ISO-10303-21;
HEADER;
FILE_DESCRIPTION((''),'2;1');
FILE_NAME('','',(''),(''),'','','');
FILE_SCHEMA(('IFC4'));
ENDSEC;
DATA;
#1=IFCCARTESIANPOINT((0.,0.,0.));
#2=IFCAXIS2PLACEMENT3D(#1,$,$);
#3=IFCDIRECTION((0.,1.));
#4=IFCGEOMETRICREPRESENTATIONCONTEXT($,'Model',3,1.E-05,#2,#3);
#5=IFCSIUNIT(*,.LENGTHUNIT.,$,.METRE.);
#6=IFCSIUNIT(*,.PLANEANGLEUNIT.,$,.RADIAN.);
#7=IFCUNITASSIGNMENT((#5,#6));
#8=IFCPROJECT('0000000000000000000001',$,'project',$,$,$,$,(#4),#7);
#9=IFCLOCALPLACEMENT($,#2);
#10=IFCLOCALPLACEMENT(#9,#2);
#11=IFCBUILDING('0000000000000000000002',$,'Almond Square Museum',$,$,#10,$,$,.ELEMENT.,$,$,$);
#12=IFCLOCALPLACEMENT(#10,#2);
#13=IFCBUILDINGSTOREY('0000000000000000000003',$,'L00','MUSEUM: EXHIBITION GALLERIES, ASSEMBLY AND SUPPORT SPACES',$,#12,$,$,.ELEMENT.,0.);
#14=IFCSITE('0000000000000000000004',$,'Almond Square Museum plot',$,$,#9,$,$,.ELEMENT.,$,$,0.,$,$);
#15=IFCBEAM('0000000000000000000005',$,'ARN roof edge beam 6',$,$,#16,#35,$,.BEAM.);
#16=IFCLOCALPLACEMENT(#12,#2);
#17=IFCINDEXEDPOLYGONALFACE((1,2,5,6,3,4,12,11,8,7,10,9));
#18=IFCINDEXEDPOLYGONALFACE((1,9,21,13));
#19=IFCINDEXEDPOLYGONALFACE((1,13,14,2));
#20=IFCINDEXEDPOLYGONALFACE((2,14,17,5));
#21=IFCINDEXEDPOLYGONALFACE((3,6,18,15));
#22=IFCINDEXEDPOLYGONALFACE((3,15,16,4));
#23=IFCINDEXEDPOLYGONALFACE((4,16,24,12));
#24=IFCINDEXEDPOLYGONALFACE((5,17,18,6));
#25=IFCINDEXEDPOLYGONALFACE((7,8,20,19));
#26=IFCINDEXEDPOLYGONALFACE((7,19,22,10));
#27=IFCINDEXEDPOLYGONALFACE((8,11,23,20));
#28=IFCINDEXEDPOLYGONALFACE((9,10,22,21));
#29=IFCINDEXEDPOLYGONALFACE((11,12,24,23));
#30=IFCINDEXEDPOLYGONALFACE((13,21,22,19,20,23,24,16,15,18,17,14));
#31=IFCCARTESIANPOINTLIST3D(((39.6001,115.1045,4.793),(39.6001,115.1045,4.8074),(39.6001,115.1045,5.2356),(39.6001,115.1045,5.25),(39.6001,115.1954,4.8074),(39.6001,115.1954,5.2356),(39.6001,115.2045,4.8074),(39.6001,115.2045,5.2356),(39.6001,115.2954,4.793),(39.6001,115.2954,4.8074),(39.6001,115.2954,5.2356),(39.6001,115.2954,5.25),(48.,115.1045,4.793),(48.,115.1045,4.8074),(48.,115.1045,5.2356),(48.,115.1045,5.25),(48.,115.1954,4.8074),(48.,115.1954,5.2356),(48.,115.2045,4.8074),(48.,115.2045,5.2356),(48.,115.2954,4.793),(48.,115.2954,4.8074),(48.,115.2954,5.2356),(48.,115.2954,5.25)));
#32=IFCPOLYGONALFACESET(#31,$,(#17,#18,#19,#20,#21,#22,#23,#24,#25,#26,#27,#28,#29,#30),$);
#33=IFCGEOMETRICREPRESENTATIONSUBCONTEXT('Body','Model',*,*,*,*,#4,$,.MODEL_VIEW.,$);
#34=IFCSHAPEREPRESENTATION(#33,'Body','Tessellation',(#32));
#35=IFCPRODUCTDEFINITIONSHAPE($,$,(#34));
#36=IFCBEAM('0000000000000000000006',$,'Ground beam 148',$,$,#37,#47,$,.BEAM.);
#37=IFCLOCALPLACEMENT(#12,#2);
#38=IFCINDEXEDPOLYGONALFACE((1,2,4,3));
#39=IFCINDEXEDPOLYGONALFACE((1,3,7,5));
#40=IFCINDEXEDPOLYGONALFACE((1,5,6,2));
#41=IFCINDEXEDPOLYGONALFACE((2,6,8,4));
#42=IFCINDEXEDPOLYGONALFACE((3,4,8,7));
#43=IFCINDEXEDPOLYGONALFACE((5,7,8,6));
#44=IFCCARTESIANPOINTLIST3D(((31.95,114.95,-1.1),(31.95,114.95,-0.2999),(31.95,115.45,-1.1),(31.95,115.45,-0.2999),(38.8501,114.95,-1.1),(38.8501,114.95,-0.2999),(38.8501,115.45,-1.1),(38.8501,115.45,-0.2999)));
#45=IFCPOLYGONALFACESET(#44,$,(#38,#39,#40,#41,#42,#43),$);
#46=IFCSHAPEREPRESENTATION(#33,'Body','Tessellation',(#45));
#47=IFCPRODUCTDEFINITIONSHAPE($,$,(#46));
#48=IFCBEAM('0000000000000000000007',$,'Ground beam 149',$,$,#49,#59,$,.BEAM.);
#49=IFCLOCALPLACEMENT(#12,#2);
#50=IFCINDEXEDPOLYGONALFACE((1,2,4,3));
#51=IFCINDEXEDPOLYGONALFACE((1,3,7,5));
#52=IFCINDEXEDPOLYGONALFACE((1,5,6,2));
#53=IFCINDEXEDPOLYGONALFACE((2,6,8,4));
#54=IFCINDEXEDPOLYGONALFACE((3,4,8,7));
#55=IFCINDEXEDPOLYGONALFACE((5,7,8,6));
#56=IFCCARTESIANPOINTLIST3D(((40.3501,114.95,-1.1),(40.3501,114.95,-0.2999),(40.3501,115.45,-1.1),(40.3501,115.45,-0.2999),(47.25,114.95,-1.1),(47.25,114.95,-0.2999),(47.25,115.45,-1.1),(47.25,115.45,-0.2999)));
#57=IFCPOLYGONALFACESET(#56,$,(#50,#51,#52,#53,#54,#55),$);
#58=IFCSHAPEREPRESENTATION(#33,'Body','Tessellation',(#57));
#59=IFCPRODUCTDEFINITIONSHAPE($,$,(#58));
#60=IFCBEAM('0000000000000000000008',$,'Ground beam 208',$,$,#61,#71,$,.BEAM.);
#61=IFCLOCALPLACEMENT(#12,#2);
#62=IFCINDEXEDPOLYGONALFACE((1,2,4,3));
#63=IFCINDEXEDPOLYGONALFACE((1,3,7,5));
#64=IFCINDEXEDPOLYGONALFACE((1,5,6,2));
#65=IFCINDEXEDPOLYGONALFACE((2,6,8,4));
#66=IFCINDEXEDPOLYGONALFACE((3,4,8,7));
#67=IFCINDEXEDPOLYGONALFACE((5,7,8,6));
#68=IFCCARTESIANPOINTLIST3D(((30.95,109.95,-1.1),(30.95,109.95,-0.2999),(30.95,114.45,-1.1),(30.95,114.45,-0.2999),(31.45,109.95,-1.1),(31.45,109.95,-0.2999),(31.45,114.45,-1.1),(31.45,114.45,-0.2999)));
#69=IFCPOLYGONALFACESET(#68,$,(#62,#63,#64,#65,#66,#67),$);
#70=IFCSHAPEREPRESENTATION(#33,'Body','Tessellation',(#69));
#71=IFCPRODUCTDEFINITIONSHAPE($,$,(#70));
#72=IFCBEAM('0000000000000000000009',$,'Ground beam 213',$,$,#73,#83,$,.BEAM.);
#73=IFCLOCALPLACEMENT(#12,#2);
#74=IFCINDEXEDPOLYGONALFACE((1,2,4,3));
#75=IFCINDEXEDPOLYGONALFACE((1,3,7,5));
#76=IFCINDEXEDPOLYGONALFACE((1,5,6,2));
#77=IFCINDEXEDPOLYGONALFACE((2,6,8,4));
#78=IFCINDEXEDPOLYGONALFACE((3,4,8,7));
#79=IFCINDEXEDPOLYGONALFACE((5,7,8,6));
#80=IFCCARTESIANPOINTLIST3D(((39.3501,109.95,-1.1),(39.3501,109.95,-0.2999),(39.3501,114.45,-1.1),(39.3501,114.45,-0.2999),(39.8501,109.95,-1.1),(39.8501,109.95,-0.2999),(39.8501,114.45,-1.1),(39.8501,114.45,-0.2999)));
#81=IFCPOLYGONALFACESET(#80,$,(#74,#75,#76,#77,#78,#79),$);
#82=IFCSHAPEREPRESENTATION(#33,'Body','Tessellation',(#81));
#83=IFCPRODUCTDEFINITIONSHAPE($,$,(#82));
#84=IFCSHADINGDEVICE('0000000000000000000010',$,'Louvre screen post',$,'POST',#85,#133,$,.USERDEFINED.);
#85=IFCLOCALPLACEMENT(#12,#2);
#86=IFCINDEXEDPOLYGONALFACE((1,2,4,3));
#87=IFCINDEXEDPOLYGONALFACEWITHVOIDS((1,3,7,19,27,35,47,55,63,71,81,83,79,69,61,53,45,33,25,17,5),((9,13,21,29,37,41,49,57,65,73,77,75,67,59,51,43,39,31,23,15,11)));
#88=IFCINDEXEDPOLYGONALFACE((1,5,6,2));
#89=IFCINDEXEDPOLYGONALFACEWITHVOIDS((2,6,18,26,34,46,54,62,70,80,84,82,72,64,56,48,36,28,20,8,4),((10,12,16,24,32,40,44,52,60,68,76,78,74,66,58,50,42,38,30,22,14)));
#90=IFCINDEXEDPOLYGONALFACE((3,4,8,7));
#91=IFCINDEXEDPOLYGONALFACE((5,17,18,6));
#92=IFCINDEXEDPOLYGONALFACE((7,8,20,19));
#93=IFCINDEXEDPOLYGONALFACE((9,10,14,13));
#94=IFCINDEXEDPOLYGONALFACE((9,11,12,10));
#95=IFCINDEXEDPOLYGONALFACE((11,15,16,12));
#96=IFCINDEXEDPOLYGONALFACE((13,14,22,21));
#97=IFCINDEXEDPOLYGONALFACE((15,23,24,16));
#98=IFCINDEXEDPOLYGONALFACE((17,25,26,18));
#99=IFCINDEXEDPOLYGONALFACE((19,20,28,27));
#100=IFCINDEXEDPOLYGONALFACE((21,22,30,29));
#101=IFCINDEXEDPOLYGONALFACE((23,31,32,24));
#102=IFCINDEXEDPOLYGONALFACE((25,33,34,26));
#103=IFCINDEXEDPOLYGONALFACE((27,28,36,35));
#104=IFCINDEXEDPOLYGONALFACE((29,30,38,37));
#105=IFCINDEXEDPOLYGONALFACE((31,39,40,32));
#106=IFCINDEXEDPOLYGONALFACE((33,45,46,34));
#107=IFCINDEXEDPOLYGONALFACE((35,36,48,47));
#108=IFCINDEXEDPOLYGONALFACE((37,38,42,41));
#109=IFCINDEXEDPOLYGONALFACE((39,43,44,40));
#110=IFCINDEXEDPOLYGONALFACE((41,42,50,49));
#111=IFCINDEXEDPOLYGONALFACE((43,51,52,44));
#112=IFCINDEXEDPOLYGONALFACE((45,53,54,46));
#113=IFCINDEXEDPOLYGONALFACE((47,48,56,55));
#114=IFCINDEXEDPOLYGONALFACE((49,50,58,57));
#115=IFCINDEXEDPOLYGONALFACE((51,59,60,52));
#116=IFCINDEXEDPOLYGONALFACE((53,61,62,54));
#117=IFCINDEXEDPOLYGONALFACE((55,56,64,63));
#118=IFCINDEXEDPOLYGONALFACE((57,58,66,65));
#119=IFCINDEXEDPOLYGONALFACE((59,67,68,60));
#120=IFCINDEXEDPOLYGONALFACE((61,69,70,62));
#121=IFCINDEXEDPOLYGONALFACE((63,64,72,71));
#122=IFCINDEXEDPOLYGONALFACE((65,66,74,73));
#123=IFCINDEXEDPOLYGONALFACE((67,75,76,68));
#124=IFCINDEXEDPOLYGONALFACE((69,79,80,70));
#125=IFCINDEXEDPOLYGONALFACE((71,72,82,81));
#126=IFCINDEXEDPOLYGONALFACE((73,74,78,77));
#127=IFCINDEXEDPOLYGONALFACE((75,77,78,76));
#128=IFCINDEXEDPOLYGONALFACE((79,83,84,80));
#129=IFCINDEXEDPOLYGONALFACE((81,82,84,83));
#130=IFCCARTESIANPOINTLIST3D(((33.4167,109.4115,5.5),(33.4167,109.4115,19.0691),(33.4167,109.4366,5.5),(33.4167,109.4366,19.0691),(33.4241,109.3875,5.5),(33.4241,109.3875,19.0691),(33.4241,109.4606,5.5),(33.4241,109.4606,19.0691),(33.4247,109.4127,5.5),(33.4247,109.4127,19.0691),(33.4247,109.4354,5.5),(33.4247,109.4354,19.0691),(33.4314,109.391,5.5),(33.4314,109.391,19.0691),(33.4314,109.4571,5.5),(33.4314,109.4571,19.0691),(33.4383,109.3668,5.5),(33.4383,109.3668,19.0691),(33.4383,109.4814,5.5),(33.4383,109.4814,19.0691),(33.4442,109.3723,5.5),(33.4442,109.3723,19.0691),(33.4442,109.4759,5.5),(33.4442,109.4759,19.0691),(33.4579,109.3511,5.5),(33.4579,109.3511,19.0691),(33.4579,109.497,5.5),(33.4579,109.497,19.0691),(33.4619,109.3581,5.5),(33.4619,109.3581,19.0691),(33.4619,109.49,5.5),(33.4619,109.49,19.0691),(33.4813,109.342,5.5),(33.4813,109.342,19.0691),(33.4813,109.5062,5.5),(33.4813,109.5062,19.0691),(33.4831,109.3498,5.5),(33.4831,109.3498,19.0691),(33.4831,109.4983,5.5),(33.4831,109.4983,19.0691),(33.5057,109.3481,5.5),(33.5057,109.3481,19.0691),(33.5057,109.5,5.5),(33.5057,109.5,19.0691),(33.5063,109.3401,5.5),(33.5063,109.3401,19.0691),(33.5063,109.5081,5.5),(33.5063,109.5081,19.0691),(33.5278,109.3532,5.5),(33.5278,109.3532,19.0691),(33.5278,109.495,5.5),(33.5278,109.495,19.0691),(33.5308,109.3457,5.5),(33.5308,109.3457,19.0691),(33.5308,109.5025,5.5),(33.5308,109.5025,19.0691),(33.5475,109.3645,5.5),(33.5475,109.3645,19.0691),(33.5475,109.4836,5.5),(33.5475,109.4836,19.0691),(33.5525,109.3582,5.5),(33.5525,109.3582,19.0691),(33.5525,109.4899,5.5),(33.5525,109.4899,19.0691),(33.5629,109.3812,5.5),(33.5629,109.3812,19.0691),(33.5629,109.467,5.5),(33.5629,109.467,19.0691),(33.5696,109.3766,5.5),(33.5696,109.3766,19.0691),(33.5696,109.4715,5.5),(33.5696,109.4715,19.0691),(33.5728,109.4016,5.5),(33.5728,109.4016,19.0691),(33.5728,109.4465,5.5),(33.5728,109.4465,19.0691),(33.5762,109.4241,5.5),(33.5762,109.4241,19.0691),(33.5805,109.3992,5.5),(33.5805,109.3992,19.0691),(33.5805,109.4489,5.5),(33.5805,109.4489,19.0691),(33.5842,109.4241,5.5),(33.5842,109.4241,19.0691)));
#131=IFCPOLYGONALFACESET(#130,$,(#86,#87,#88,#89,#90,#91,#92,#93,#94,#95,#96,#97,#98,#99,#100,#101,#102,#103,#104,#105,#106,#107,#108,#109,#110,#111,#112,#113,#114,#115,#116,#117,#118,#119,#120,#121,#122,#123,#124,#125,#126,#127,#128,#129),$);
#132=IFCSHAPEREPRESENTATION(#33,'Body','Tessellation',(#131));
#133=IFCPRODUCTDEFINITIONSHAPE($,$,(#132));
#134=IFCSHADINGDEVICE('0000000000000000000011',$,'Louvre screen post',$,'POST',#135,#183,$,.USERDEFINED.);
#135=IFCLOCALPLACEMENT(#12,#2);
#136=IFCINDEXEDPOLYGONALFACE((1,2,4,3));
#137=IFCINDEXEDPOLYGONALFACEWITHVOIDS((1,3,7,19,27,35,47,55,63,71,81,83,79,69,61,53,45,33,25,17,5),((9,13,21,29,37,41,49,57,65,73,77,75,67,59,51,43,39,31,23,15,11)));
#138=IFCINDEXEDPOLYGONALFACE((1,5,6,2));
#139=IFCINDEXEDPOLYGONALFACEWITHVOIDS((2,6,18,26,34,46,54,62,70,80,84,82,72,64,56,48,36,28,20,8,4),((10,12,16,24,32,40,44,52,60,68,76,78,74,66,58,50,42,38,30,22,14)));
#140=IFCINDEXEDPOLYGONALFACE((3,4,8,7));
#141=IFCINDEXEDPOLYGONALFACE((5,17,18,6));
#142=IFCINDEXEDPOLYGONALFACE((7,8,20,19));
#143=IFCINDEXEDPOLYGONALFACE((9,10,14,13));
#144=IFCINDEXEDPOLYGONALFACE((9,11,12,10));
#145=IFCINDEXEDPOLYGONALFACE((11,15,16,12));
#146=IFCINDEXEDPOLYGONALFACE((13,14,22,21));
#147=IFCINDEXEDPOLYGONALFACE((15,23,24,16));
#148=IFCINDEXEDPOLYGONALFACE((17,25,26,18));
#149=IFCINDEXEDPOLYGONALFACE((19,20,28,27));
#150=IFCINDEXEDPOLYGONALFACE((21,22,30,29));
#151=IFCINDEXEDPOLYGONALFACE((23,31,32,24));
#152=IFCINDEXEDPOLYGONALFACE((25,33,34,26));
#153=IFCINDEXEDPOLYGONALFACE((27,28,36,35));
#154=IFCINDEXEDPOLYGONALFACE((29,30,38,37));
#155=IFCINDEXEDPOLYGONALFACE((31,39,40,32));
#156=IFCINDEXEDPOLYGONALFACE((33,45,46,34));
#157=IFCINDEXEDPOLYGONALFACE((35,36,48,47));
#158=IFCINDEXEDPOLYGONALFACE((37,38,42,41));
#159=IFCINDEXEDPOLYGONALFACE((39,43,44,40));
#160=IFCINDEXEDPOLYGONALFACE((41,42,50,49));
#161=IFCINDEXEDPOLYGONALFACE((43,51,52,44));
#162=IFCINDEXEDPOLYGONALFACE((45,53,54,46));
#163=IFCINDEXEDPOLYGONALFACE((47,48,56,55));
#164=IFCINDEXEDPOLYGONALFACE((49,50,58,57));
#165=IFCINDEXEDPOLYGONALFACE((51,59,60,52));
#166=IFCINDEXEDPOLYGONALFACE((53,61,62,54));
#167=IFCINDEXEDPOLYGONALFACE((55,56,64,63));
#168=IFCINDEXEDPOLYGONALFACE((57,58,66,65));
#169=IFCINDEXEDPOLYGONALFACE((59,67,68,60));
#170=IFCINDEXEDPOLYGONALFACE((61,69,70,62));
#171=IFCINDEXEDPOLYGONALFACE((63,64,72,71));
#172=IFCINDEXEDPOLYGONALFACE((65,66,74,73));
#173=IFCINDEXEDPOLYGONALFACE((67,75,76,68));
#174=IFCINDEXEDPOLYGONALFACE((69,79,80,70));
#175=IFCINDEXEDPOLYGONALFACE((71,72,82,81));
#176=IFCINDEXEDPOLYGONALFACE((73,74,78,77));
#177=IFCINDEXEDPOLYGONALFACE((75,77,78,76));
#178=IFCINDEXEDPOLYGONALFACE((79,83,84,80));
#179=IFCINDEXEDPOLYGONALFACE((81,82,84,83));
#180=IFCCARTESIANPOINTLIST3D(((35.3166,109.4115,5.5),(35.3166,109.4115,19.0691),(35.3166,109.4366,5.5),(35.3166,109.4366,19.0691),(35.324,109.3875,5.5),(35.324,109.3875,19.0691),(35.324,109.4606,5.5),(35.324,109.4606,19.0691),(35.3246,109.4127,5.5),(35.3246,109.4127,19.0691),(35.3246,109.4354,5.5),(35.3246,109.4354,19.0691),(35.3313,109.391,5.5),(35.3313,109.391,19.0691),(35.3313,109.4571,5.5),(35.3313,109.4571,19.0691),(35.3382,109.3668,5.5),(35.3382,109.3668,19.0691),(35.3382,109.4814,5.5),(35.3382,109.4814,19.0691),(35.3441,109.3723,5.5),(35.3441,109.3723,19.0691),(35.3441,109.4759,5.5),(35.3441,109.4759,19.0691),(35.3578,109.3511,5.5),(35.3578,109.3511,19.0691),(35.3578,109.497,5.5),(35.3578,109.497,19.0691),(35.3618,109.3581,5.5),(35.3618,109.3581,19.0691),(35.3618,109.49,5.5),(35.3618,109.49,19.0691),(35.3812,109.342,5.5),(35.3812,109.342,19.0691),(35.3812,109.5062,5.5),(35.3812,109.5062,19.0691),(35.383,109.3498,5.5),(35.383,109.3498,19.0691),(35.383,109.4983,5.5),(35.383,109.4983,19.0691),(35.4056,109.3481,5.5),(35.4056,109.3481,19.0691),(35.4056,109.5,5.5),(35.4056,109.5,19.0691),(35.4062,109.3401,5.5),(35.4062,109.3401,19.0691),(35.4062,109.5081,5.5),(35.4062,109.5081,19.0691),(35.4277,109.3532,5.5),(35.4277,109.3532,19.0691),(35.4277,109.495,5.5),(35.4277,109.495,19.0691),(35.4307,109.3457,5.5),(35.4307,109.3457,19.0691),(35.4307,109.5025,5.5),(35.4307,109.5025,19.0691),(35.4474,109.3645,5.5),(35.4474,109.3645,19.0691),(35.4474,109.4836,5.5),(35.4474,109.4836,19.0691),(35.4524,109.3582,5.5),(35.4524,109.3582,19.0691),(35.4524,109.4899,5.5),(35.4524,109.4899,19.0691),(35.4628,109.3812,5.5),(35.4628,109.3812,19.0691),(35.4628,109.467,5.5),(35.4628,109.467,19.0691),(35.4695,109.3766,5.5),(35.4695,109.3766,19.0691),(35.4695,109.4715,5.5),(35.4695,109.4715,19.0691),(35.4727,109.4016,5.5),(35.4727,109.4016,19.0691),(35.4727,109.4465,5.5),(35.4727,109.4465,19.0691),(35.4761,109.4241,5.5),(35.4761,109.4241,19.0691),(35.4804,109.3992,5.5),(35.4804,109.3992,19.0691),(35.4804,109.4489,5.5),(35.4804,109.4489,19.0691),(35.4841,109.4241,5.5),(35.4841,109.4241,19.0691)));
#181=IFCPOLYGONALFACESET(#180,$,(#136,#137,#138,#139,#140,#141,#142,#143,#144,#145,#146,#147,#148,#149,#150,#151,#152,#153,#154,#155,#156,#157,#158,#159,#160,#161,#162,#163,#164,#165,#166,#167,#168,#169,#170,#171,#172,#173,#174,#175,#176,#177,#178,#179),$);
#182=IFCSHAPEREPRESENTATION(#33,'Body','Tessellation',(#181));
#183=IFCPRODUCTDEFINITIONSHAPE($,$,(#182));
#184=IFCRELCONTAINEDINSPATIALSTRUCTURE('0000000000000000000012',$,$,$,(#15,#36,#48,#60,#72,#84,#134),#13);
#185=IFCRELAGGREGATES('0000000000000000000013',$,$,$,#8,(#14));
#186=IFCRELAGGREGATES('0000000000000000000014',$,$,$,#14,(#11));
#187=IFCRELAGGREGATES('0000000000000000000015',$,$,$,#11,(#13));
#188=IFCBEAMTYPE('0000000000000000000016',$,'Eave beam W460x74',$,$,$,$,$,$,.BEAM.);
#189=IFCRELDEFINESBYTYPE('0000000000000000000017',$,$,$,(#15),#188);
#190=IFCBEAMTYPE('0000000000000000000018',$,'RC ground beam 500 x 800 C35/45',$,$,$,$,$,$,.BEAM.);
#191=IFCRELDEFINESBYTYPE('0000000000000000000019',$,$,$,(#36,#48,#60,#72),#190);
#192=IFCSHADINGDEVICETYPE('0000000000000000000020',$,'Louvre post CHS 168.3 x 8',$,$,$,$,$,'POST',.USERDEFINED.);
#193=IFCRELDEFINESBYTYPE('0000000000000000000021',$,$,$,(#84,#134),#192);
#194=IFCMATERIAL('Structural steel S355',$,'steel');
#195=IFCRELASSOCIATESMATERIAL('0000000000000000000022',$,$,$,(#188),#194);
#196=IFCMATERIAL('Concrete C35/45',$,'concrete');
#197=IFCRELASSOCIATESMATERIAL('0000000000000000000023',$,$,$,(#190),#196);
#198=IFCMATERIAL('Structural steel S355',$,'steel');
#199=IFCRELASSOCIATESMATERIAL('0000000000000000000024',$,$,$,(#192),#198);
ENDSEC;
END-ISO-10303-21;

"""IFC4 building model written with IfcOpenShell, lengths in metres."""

from ifc_helpers import new_model, si_unit, direction, frame, origin, origin_2d, place, context, subcontext, project, spatial, rectangle, hollow_circle, i_section, extrude, material, material_profile, profile_set, type_object, element, save


model = new_model("IFC4")

# Units and contexts
model_context = context("Model", 3, precision=1e-05, world=origin(), true_north=direction((0.0, 1.0)))
body_context = subcontext(model_context, "Body", "Model", "MODEL_VIEW")
ifc_project = project(units=[si_unit("LENGTHUNIT", "METRE"), si_unit("PLANEANGLEUNIT", "RADIAN")], contexts=[model_context])

# Site, building, storey
site_placement = place(None, origin())
site = spatial("IfcSite", under=ifc_project, at=site_placement, Name="Almond Square Museum plot", CompositionType="ELEMENT", RefElevation=0.0)
building_placement = place(site_placement, origin())
building = spatial("IfcBuilding", under=site, at=building_placement, Name="Almond Square Museum", CompositionType="ELEMENT")
storey_placement = place(building_placement, origin())
storey = spatial("IfcBuildingStorey", under=building, at=storey_placement, Name="L00", Description="MUSEUM: EXHIBITION GALLERIES, ASSEMBLY AND SUPPORT SPACES", CompositionType="ELEMENT", Elevation=0.0)

# Beams
ifc_material_1 = material(Name="Structural steel S355", Category="steel")
ifc_material_profile_1 = material_profile(ifc_material_1, i_section(OverallWidth=0.1909, OverallDepth=0.457, WebThickness=0.009, FlangeThickness=0.0144, at=origin_2d()))
ifc_profile_set_1 = profile_set([ifc_material_profile_1], Name="Structural steel S355")
beam_type_1 = type_object("IfcBeamType", Name="Eave beam W460x74", PredefinedType="BEAM", material=ifc_profile_set_1)
beam_1_placement = place(storey_placement, frame((39.6001, 115.2, 5.0215), z_axis=(1.0, 0.0, 0.0), x_axis=(0.0, 1.0, 0.0)))
element("IfcBeam", 1, at=beam_1_placement, inside=storey, type_object=beam_type_1, Name="ARN roof edge beam 6", PredefinedType="BEAM", context=body_context, shape_type="SweptSolid", body=[
    extrude(i_section(OverallWidth=0.1909, OverallDepth=0.457, WebThickness=0.009, FlangeThickness=0.0144, at=origin_2d()), origin(), (0.0, 0.0, 1.0), 8.3999),
])
ifc_material_2 = material(Name="Concrete C35/45", Category="concrete")
ifc_material_profile_2 = material_profile(ifc_material_2, rectangle(XDim=0.5, YDim=0.8, at=origin_2d()))
ifc_profile_set_2 = profile_set([ifc_material_profile_2], Name="Concrete C35/45")
beam_type_2 = type_object("IfcBeamType", Name="RC ground beam 500 x 800 C35/45", PredefinedType="BEAM", material=ifc_profile_set_2)
beam_2_placement = place(storey_placement, frame((31.95, 115.2, -0.7), z_axis=(1.0, 0.0, 0.0), x_axis=(0.0, 1.0, 0.0)))
element("IfcBeam", 2, at=beam_2_placement, inside=storey, type_object=beam_type_2, Name="Ground beam 148", PredefinedType="BEAM", context=body_context, shape_type="SweptSolid", body=[
    extrude(rectangle(XDim=0.5, YDim=0.8, at=origin_2d()), origin(), (0.0, 0.0, 1.0), 6.9001),
])
beam_3_placement = place(storey_placement, frame((40.3501, 115.2, -0.7), z_axis=(1.0, 0.0, 0.0), x_axis=(0.0, 1.0, 0.0)))
element("IfcBeam", 3, at=beam_3_placement, inside=storey, type_object=beam_type_2, Name="Ground beam 149", PredefinedType="BEAM", context=body_context, shape_type="SweptSolid", body=[
    extrude(rectangle(XDim=0.5, YDim=0.8, at=origin_2d()), origin(), (0.0, 0.0, 1.0), 6.8999),
])
for number, where, z_axis, x_axis, name in (
    (4, (31.2, 109.95, -0.7), (0.0, 1.0, 0.0), (-1.0, 0.0, 0.0), "Ground beam 208"),
    (5, (39.6001, 109.95, -0.7), (0.0, 1.0, 0.0), (-1.0, 0.0, 0.0), "Ground beam 213"),
):
    element("IfcBeam", number, at=place(storey_placement, frame(where, z_axis=z_axis, x_axis=x_axis)), inside=storey, type_object=beam_type_2, Name=name, PredefinedType="BEAM", context=body_context, shape_type="SweptSolid", body=[
        extrude(rectangle(XDim=0.5, YDim=0.8, at=origin_2d()), origin(), (0.0, 0.0, 1.0), 4.5),
    ])

# Shading devices
ifc_material_3 = material(Name="Structural steel S355", Category="steel")
ifc_material_profile_3 = material_profile(ifc_material_3, hollow_circle(Radius=0.0842, WallThickness=0.0081, at=origin_2d()))
ifc_profile_set_3 = profile_set([ifc_material_profile_3], Name="Structural steel S355")
shading_device_type_1 = type_object("IfcShadingDeviceType", Name="Louvre post CHS 168.3 x 8", ElementType="POST", PredefinedType="USERDEFINED", material=ifc_profile_set_3)
for number, where, z_axis, x_axis, name in (
    (6, (33.5, 109.4241, 5.5), (0.0, 0.0, 1.0), (1.0, 0.0, 0.0), "Louvre screen post"),
    (7, (35.3999, 109.4241, 5.5), (0.0, 0.0, 1.0), (1.0, 0.0, 0.0), "Louvre screen post"),
):
    element("IfcShadingDevice", number, at=place(storey_placement, frame(where, z_axis=z_axis, x_axis=x_axis)), inside=storey, type_object=shading_device_type_1, Name=name, ObjectType="POST", PredefinedType="USERDEFINED", context=body_context, shape_type="SweptSolid", body=[
        extrude(hollow_circle(Radius=0.0842, WallThickness=0.0081, at=origin_2d()), origin(), (0.0, 0.0, 1.0), 13.5691),
    ])

save(model, "model.ifc")
